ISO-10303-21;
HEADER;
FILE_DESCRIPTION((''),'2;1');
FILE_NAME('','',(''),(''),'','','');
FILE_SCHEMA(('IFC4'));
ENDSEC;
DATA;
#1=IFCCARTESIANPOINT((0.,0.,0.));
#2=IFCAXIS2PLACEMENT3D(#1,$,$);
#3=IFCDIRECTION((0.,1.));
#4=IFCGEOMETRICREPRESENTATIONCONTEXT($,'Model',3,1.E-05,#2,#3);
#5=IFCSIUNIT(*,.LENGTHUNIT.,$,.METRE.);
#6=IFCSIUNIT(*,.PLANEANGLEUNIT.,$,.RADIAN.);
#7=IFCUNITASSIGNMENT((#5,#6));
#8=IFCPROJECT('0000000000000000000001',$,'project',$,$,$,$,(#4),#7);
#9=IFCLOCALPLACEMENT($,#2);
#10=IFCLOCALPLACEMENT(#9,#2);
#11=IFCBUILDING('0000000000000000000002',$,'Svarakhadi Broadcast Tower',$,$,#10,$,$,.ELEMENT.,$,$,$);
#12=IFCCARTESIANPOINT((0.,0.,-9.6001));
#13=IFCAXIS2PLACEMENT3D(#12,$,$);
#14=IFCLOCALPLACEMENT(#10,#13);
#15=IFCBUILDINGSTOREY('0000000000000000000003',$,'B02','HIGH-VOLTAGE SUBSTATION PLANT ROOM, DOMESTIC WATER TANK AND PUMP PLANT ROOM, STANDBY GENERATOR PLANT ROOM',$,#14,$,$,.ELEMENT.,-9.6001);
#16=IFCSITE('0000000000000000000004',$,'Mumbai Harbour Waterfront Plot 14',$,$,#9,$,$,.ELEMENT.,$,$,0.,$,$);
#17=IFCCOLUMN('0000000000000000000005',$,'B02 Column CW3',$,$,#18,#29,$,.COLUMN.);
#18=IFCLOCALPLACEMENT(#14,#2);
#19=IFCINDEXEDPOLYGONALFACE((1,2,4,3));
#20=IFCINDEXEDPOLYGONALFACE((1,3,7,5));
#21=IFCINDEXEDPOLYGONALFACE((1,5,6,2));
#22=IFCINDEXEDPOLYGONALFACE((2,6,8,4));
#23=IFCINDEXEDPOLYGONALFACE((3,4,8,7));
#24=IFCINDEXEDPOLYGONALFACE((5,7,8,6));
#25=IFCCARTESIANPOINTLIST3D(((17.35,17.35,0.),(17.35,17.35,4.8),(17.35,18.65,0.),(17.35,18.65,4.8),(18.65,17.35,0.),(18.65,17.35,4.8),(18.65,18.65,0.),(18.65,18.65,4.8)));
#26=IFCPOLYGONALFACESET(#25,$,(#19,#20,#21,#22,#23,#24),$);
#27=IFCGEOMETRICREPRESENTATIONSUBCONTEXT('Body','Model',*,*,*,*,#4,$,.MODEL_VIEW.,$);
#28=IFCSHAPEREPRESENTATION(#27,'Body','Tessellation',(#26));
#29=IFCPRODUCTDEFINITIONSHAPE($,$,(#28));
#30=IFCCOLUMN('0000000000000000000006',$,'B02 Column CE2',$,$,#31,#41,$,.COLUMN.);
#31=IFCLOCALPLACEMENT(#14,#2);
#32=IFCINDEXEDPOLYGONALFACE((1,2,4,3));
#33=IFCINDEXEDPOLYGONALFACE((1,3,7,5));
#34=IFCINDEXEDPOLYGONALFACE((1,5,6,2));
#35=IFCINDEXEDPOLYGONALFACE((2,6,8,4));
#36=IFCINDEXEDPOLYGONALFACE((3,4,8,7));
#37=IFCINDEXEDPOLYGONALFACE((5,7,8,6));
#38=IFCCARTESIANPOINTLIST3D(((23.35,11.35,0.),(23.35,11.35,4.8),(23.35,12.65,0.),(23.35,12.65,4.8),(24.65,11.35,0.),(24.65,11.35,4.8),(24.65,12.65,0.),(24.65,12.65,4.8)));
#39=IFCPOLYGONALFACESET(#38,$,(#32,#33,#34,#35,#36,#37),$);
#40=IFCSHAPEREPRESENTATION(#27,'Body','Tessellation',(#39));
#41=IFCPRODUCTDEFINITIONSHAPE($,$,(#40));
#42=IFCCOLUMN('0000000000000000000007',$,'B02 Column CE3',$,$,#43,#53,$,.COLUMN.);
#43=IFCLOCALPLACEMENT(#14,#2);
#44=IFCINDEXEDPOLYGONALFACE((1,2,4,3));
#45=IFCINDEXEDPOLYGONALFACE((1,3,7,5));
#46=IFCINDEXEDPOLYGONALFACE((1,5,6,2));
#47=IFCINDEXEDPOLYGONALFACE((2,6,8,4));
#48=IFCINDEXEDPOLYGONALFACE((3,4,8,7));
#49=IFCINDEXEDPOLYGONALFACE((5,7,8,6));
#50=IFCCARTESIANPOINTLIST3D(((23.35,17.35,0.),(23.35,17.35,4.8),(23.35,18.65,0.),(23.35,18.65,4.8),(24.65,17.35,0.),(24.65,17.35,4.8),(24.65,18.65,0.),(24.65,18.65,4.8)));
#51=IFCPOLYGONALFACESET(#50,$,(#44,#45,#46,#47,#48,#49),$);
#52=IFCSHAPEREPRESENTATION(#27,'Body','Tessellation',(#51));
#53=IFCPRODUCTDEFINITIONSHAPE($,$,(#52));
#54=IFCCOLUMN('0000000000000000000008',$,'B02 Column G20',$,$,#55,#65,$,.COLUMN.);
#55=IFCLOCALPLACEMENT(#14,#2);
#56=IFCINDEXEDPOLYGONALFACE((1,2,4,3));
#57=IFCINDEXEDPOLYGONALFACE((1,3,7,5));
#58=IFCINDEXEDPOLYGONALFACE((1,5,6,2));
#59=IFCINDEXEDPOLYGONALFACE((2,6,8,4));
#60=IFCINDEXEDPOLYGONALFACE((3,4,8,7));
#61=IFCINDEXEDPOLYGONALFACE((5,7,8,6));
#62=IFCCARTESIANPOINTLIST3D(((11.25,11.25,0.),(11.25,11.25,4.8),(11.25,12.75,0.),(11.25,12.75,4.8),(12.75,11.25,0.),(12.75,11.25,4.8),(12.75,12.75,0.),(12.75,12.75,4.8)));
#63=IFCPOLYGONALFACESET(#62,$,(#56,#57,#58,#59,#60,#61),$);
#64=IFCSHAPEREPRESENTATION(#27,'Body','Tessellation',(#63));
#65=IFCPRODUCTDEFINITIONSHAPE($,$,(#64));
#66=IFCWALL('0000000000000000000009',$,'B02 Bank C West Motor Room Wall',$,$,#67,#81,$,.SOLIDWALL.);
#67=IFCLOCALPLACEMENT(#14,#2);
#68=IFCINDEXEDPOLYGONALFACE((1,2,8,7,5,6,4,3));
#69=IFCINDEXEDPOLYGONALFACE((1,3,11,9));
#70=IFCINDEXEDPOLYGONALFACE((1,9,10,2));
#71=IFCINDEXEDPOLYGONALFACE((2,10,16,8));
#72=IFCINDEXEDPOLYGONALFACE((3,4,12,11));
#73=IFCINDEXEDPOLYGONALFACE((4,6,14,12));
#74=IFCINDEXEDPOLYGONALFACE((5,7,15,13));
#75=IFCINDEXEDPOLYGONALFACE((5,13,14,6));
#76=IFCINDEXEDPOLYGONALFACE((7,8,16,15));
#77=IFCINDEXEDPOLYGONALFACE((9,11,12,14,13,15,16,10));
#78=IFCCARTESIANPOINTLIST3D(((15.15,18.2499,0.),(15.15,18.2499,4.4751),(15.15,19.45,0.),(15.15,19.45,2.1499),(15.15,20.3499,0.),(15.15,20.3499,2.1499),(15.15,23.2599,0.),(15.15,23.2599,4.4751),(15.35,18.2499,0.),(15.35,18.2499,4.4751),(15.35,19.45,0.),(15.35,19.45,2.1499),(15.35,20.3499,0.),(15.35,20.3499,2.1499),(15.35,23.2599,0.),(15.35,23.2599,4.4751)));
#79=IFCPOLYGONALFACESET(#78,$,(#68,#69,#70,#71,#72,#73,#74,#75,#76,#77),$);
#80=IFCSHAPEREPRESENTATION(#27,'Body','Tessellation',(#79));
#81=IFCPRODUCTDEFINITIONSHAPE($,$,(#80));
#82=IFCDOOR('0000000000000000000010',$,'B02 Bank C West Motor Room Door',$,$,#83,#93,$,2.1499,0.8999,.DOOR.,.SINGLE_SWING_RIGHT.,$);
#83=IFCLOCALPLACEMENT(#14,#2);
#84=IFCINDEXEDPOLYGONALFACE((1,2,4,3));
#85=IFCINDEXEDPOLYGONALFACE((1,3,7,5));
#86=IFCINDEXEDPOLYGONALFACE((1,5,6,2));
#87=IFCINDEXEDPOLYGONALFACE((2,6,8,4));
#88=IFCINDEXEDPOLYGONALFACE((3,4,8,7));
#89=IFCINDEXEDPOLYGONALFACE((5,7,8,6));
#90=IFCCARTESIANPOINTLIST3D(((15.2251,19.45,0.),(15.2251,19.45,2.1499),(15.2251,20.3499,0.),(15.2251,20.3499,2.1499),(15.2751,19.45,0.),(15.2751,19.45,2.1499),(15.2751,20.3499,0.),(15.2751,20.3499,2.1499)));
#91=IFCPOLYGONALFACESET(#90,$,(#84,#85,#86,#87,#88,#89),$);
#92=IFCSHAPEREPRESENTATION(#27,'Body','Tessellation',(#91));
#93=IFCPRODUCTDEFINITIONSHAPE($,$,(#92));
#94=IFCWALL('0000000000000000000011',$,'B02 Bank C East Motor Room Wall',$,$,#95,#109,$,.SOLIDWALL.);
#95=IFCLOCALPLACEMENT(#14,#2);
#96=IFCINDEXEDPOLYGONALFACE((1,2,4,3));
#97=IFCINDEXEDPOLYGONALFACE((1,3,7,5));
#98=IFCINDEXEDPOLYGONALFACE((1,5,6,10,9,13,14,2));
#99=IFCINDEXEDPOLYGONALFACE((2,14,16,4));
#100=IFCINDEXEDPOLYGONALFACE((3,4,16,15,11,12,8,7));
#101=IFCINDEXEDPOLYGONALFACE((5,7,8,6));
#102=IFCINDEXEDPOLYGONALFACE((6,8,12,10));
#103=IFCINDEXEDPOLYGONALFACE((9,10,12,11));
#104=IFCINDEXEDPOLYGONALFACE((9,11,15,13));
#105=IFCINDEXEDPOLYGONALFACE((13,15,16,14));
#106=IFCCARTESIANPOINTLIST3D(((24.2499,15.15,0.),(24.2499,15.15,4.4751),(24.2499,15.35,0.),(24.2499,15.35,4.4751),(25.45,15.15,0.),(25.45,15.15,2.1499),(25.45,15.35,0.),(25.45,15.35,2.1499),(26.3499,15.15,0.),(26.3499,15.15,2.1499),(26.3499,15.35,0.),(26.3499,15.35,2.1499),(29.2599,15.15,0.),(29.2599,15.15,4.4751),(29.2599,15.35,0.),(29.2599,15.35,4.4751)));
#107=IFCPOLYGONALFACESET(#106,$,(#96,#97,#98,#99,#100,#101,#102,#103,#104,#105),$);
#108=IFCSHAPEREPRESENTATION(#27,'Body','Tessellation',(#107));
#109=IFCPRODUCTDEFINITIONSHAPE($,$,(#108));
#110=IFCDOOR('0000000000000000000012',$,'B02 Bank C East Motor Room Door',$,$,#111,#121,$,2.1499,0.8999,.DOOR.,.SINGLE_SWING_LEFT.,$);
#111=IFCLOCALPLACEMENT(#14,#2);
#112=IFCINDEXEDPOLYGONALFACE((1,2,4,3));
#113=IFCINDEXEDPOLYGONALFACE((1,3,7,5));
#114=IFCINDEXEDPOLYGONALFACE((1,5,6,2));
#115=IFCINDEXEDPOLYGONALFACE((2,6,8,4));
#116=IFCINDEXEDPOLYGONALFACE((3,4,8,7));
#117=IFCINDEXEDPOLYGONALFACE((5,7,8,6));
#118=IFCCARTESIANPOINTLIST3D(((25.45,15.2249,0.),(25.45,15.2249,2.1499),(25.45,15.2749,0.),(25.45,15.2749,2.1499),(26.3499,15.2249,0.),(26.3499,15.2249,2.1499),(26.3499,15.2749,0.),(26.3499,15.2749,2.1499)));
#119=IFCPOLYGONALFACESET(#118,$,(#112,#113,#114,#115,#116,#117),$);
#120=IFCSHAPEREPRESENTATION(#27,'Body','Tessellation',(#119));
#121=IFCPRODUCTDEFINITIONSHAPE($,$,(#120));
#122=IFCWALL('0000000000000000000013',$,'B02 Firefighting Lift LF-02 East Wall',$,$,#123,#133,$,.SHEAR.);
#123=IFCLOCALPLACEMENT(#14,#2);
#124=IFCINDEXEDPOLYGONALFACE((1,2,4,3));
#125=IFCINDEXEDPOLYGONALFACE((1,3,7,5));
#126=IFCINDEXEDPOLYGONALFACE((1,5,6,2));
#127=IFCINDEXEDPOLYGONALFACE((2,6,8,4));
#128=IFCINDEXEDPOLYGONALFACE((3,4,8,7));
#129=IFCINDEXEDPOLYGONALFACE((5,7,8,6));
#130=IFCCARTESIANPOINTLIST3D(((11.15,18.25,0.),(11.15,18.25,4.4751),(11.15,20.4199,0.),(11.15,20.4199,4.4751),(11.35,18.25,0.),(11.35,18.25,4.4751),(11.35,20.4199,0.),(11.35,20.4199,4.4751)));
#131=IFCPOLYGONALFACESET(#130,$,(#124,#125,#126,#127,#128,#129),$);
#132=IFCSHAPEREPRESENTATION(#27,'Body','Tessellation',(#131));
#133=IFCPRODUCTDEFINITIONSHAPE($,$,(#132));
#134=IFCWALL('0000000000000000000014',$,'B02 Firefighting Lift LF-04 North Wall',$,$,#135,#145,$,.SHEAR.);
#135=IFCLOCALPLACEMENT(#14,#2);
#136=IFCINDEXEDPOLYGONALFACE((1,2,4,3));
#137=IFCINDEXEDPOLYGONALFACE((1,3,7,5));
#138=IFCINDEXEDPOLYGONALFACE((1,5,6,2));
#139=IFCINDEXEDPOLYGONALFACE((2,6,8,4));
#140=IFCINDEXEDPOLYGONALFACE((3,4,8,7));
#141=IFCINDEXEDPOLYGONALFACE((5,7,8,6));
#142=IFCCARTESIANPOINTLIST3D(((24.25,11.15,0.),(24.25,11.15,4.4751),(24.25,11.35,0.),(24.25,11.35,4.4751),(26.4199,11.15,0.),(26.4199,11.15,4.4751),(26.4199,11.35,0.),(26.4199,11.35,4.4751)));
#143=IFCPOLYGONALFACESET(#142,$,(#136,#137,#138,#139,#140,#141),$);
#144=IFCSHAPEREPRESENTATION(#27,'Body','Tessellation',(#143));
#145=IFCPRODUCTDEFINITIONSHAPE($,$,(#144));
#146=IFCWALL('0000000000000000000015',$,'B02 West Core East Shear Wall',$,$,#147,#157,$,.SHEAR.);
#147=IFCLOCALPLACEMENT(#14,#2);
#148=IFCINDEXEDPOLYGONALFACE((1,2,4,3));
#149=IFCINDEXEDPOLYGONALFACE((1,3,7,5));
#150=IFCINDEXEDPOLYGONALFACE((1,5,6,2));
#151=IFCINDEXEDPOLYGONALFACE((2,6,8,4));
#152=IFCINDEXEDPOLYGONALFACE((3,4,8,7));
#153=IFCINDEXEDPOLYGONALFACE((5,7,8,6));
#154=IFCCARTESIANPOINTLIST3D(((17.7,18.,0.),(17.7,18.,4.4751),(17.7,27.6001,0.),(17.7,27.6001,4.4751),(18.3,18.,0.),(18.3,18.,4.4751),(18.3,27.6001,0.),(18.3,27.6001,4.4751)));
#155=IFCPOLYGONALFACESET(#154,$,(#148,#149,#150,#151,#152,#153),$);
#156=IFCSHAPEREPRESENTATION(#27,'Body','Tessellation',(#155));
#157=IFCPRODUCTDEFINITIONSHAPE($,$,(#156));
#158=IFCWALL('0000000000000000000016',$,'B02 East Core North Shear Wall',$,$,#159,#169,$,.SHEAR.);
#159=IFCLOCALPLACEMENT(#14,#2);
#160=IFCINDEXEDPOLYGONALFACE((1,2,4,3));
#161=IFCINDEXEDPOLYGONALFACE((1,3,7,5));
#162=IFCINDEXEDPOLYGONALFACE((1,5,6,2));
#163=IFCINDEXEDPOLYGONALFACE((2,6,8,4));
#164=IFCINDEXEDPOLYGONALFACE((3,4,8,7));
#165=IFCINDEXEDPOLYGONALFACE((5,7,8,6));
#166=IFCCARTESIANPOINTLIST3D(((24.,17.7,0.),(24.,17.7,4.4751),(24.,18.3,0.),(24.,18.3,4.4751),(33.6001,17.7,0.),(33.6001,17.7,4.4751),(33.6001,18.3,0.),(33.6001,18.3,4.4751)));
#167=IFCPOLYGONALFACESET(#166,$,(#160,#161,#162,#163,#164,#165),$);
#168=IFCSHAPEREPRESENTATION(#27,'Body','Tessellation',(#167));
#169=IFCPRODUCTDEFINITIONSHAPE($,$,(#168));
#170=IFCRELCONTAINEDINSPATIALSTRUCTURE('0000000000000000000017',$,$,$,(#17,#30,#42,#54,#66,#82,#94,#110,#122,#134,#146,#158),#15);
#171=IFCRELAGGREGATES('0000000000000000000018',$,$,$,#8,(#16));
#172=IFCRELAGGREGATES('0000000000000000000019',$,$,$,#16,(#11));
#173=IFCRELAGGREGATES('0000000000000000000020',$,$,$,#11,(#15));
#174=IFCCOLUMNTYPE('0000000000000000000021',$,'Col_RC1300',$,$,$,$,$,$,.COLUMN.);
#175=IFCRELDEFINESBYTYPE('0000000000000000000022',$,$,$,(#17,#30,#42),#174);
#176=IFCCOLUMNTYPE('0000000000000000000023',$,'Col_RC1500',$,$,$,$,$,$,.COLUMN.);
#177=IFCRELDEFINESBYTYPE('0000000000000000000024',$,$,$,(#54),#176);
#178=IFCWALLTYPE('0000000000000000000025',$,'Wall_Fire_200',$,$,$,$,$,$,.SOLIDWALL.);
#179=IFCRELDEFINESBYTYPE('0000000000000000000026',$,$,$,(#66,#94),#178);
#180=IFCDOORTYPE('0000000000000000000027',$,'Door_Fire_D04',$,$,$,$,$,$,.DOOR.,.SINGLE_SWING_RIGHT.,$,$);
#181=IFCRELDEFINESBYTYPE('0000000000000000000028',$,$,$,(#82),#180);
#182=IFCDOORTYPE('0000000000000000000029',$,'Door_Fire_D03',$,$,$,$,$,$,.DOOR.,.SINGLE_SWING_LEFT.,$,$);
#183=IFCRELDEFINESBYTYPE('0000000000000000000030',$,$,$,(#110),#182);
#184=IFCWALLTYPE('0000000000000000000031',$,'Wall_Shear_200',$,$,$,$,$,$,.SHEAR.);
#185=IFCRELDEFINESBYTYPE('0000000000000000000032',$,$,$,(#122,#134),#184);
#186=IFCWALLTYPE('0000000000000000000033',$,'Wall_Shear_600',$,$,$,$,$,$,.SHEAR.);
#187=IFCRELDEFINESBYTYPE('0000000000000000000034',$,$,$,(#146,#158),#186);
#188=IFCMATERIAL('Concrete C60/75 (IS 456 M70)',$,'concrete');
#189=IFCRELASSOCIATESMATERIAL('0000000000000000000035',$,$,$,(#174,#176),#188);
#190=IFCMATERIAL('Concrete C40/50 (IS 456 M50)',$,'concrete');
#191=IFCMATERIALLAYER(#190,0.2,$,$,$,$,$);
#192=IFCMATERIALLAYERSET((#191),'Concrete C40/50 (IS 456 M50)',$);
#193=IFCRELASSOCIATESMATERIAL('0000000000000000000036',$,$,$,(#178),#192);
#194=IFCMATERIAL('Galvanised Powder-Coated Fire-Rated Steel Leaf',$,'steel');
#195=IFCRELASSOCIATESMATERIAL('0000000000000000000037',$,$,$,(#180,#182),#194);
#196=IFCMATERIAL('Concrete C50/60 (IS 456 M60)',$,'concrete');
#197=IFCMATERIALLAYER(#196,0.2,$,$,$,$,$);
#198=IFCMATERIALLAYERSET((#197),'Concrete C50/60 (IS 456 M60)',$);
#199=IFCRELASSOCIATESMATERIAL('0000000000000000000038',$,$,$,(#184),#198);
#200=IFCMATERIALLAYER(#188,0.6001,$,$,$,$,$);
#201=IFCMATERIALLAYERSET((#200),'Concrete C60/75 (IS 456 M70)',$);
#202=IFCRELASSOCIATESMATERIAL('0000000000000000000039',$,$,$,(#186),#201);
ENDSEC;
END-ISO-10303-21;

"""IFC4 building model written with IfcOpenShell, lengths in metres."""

from ifc_helpers import new_model, si_unit, direction, frame, frame_2d, origin, origin_2d, place, context, subcontext, project, spatial, rectangle, extrude, material, layer, layer_set, material_profile, profile_set, type_object, element, fill, save


model = new_model("IFC4")

# Units and contexts
model_context = context("Model", 3, precision=1e-05, world=origin(), true_north=direction((0.0, 1.0)))
body_context = subcontext(model_context, "Body", "Model", "MODEL_VIEW")
ifc_project = project(units=[si_unit("LENGTHUNIT", "METRE"), si_unit("PLANEANGLEUNIT", "RADIAN")], contexts=[model_context])

# Site, building, storey
site_placement = place(None, origin())
site = spatial("IfcSite", under=ifc_project, at=site_placement, Name="Mumbai Harbour Waterfront Plot 14", CompositionType="ELEMENT", RefElevation=0.0)
building_placement = place(site_placement, origin())
building = spatial("IfcBuilding", under=site, at=building_placement, Name="Svarakhadi Broadcast Tower", CompositionType="ELEMENT")
storey_placement = place(building_placement, frame((0.0, 0.0, -9.6001)))
storey = spatial("IfcBuildingStorey", under=building, at=storey_placement, Name="B02", Description="HIGH-VOLTAGE SUBSTATION PLANT ROOM, DOMESTIC WATER TANK AND PUMP PLANT ROOM, STANDBY GENERATOR PLANT ROOM", CompositionType="ELEMENT", Elevation=-9.6001)

# Columns
ifc_material_1 = material(Name="Concrete C60/75 (IS 456 M70)", Category="concrete")
ifc_material_profile_1 = material_profile(ifc_material_1, rectangle(XDim=1.3, YDim=1.3, at=origin_2d()), Name="RC 1300x1300")
ifc_profile_set_1 = profile_set([ifc_material_profile_1], Name="Concrete C60/75 (IS 456 M70)")
column_type_1 = type_object("IfcColumnType", Name="Col_RC1300", PredefinedType="COLUMN", material=ifc_profile_set_1)
for number, where, z_axis, x_axis, name in (
    (1, (18.0, 18.0, 0.0), (0.0, 0.0, 1.0), (1.0, 0.0, 0.0), "B02 Column CW3"),
    (2, (24.0, 12.0, 0.0), (0.0, 0.0, 1.0), (1.0, 0.0, 0.0), "B02 Column CE2"),
    (3, (24.0, 18.0, 0.0), (0.0, 0.0, 1.0), (1.0, 0.0, 0.0), "B02 Column CE3"),
):
    element("IfcColumn", number, at=place(storey_placement, frame(where, z_axis=z_axis, x_axis=x_axis)), inside=storey, type_object=column_type_1, Name=name, PredefinedType="COLUMN", context=body_context, shape_type="SweptSolid", body=[
        extrude(rectangle(XDim=1.3, YDim=1.3, at=origin_2d()), origin(), (0.0, 0.0, 1.0), 4.8),
    ])
ifc_material_profile_2 = material_profile(ifc_material_1, rectangle(XDim=1.5, YDim=1.5, at=origin_2d()), Name="RC 1500x1500")
ifc_profile_set_2 = profile_set([ifc_material_profile_2], Name="Concrete C60/75 (IS 456 M70)")
column_type_2 = type_object("IfcColumnType", Name="Col_RC1500", PredefinedType="COLUMN", material=ifc_profile_set_2)
column_1_placement = place(storey_placement, frame((12.0, 12.0, 0.0), z_axis=(0.0, 0.0, 1.0), x_axis=(1.0, 0.0, 0.0)))
element("IfcColumn", 4, at=column_1_placement, inside=storey, type_object=column_type_2, Name="B02 Column G20", PredefinedType="COLUMN", context=body_context, shape_type="SweptSolid", body=[
    extrude(rectangle(XDim=1.5, YDim=1.5, at=origin_2d()), origin(), (0.0, 0.0, 1.0), 4.8),
])

# Walls, openings, doors
ifc_material_2 = material(Name="Concrete C40/50 (IS 456 M50)", Category="concrete")
ifc_layer_1 = layer(ifc_material_2, 0.2)
ifc_layer_set_1 = layer_set([ifc_layer_1], Name="Concrete C40/50 (IS 456 M50)")
wall_type_1 = type_object("IfcWallType", Name="Wall_Fire_200", PredefinedType="SOLIDWALL", material=ifc_layer_set_1)
wall_1_placement = place(storey_placement, frame((15.25, 18.25, 0.0), z_axis=(0.0, 0.0, 1.0), x_axis=(0.0, 1.0, 0.0)))
wall_1 = element("IfcWall", 5, at=wall_1_placement, inside=storey, type_object=wall_type_1, Name="B02 Bank C West Motor Room Wall", PredefinedType="SOLIDWALL", context=body_context, shape_type="SweptSolid", body=[
    extrude(rectangle(XDim=5.01, YDim=0.2, at=frame_2d((2.5049, 0.0))), origin(), (0.0, 0.0, 1.0), 4.4751),
])
opening_1_placement = place(wall_1_placement, frame((1.2, 0.0, 0.0)))
opening_1 = element("IfcOpeningElement", 6, at=opening_1_placement, cuts=wall_1, PredefinedType="OPENING", context=body_context, shape_type="SweptSolid", body=[
    extrude(rectangle(XDim=0.8999, YDim=2.1499, at=frame_2d((0.45, 1.075))), frame((0.0, 0.1099, 0.0), z_axis=(0.0, -1.0, 0.0), x_axis=(1.0, 0.0, 0.0)), (0.0, 0.0, 1.0), 0.22),
])
ifc_material_3 = material(Name="Galvanised Powder-Coated Fire-Rated Steel Leaf", Category="steel")
door_type_1 = type_object("IfcDoorType", Name="Door_Fire_D04", OperationType="SINGLE_SWING_RIGHT", PredefinedType="DOOR", material=ifc_material_3)
door_1_placement = place(opening_1_placement, origin())
door_1 = element("IfcDoor", 7, at=door_1_placement, inside=storey, type_object=door_type_1, Name="B02 Bank C West Motor Room Door", OperationType="SINGLE_SWING_RIGHT", OverallHeight=2.1499, OverallWidth=0.8999, PredefinedType="DOOR", context=body_context, shape_type="SweptSolid", body=[
    extrude(rectangle(XDim=0.8999, YDim=2.1499, at=frame_2d((0.45, 1.075))), frame((0.0, 0.0249, 0.0), z_axis=(0.0, -1.0, 0.0), x_axis=(1.0, 0.0, 0.0)), (0.0, 0.0, 1.0), 0.05),
])
fill(opening_1, door_1)
wall_2_placement = place(storey_placement, frame((24.25, 15.25, 0.0), z_axis=(0.0, 0.0, 1.0), x_axis=(1.0, 0.0, 0.0)))
wall_2 = element("IfcWall", 8, at=wall_2_placement, inside=storey, type_object=wall_type_1, Name="B02 Bank C East Motor Room Wall", PredefinedType="SOLIDWALL", context=body_context, shape_type="SweptSolid", body=[
    extrude(rectangle(XDim=5.01, YDim=0.2, at=frame_2d((2.5049, 0.0))), origin(), (0.0, 0.0, 1.0), 4.4751),
])
opening_2_placement = place(wall_2_placement, frame((1.2, 0.0, 0.0)))
opening_2 = element("IfcOpeningElement", 9, at=opening_2_placement, cuts=wall_2, PredefinedType="OPENING", context=body_context, shape_type="SweptSolid", body=[
    extrude(rectangle(XDim=0.8999, YDim=2.1499, at=frame_2d((0.45, 1.075))), frame((0.0, 0.1099, 0.0), z_axis=(0.0, -1.0, 0.0), x_axis=(1.0, 0.0, 0.0)), (0.0, 0.0, 1.0), 0.22),
])
door_type_2 = type_object("IfcDoorType", Name="Door_Fire_D03", OperationType="SINGLE_SWING_LEFT", PredefinedType="DOOR", material=ifc_material_3)
door_2_placement = place(opening_2_placement, origin())
door_2 = element("IfcDoor", 10, at=door_2_placement, inside=storey, type_object=door_type_2, Name="B02 Bank C East Motor Room Door", OperationType="SINGLE_SWING_LEFT", OverallHeight=2.1499, OverallWidth=0.8999, PredefinedType="DOOR", context=body_context, shape_type="SweptSolid", body=[
    extrude(rectangle(XDim=0.8999, YDim=2.1499, at=frame_2d((0.45, 1.075))), frame((0.0, 0.0249, 0.0), z_axis=(0.0, -1.0, 0.0), x_axis=(1.0, 0.0, 0.0)), (0.0, 0.0, 1.0), 0.05),
])
fill(opening_2, door_2)

# Walls
ifc_material_4 = material(Name="Concrete C50/60 (IS 456 M60)", Category="concrete")
ifc_layer_2 = layer(ifc_material_4, 0.2)
ifc_layer_set_2 = layer_set([ifc_layer_2], Name="Concrete C50/60 (IS 456 M60)")
wall_type_2 = type_object("IfcWallType", Name="Wall_Shear_200", PredefinedType="SHEAR", material=ifc_layer_set_2)
for number, where, z_axis, x_axis, name in (
    (11, (11.25, 18.25, 0.0), (0.0, 0.0, 1.0), (0.0, 1.0, 0.0), "B02 Firefighting Lift LF-02 East Wall"),
    (12, (24.25, 11.25, 0.0), (0.0, 0.0, 1.0), (1.0, 0.0, 0.0), "B02 Firefighting Lift LF-04 North Wall"),
):
    element("IfcWall", number, at=place(storey_placement, frame(where, z_axis=z_axis, x_axis=x_axis)), inside=storey, type_object=wall_type_2, Name=name, PredefinedType="SHEAR", context=body_context, shape_type="SweptSolid", body=[
        extrude(rectangle(XDim=2.1699, YDim=0.2, at=frame_2d((1.085, 0.0))), origin(), (0.0, 0.0, 1.0), 4.4751),
    ])
ifc_layer_3 = layer(ifc_material_1, 0.6001)
ifc_layer_set_3 = layer_set([ifc_layer_3], Name="Concrete C60/75 (IS 456 M70)")
wall_type_3 = type_object("IfcWallType", Name="Wall_Shear_600", PredefinedType="SHEAR", material=ifc_layer_set_3)
for number, where, z_axis, x_axis, name in (
    (13, (18.0, 18.0, 0.0), (0.0, 0.0, 1.0), (0.0, 1.0, 0.0), "B02 West Core East Shear Wall"),
    (14, (24.0, 18.0, 0.0), (0.0, 0.0, 1.0), (1.0, 0.0, 0.0), "B02 East Core North Shear Wall"),
):
    element("IfcWall", number, at=place(storey_placement, frame(where, z_axis=z_axis, x_axis=x_axis)), inside=storey, type_object=wall_type_3, Name=name, PredefinedType="SHEAR", context=body_context, shape_type="SweptSolid", body=[
        extrude(rectangle(XDim=9.6001, YDim=0.6001, at=frame_2d((4.8, 0.0))), origin(), (0.0, 0.0, 1.0), 4.4751),
    ])

save(model, "model.ifc")
